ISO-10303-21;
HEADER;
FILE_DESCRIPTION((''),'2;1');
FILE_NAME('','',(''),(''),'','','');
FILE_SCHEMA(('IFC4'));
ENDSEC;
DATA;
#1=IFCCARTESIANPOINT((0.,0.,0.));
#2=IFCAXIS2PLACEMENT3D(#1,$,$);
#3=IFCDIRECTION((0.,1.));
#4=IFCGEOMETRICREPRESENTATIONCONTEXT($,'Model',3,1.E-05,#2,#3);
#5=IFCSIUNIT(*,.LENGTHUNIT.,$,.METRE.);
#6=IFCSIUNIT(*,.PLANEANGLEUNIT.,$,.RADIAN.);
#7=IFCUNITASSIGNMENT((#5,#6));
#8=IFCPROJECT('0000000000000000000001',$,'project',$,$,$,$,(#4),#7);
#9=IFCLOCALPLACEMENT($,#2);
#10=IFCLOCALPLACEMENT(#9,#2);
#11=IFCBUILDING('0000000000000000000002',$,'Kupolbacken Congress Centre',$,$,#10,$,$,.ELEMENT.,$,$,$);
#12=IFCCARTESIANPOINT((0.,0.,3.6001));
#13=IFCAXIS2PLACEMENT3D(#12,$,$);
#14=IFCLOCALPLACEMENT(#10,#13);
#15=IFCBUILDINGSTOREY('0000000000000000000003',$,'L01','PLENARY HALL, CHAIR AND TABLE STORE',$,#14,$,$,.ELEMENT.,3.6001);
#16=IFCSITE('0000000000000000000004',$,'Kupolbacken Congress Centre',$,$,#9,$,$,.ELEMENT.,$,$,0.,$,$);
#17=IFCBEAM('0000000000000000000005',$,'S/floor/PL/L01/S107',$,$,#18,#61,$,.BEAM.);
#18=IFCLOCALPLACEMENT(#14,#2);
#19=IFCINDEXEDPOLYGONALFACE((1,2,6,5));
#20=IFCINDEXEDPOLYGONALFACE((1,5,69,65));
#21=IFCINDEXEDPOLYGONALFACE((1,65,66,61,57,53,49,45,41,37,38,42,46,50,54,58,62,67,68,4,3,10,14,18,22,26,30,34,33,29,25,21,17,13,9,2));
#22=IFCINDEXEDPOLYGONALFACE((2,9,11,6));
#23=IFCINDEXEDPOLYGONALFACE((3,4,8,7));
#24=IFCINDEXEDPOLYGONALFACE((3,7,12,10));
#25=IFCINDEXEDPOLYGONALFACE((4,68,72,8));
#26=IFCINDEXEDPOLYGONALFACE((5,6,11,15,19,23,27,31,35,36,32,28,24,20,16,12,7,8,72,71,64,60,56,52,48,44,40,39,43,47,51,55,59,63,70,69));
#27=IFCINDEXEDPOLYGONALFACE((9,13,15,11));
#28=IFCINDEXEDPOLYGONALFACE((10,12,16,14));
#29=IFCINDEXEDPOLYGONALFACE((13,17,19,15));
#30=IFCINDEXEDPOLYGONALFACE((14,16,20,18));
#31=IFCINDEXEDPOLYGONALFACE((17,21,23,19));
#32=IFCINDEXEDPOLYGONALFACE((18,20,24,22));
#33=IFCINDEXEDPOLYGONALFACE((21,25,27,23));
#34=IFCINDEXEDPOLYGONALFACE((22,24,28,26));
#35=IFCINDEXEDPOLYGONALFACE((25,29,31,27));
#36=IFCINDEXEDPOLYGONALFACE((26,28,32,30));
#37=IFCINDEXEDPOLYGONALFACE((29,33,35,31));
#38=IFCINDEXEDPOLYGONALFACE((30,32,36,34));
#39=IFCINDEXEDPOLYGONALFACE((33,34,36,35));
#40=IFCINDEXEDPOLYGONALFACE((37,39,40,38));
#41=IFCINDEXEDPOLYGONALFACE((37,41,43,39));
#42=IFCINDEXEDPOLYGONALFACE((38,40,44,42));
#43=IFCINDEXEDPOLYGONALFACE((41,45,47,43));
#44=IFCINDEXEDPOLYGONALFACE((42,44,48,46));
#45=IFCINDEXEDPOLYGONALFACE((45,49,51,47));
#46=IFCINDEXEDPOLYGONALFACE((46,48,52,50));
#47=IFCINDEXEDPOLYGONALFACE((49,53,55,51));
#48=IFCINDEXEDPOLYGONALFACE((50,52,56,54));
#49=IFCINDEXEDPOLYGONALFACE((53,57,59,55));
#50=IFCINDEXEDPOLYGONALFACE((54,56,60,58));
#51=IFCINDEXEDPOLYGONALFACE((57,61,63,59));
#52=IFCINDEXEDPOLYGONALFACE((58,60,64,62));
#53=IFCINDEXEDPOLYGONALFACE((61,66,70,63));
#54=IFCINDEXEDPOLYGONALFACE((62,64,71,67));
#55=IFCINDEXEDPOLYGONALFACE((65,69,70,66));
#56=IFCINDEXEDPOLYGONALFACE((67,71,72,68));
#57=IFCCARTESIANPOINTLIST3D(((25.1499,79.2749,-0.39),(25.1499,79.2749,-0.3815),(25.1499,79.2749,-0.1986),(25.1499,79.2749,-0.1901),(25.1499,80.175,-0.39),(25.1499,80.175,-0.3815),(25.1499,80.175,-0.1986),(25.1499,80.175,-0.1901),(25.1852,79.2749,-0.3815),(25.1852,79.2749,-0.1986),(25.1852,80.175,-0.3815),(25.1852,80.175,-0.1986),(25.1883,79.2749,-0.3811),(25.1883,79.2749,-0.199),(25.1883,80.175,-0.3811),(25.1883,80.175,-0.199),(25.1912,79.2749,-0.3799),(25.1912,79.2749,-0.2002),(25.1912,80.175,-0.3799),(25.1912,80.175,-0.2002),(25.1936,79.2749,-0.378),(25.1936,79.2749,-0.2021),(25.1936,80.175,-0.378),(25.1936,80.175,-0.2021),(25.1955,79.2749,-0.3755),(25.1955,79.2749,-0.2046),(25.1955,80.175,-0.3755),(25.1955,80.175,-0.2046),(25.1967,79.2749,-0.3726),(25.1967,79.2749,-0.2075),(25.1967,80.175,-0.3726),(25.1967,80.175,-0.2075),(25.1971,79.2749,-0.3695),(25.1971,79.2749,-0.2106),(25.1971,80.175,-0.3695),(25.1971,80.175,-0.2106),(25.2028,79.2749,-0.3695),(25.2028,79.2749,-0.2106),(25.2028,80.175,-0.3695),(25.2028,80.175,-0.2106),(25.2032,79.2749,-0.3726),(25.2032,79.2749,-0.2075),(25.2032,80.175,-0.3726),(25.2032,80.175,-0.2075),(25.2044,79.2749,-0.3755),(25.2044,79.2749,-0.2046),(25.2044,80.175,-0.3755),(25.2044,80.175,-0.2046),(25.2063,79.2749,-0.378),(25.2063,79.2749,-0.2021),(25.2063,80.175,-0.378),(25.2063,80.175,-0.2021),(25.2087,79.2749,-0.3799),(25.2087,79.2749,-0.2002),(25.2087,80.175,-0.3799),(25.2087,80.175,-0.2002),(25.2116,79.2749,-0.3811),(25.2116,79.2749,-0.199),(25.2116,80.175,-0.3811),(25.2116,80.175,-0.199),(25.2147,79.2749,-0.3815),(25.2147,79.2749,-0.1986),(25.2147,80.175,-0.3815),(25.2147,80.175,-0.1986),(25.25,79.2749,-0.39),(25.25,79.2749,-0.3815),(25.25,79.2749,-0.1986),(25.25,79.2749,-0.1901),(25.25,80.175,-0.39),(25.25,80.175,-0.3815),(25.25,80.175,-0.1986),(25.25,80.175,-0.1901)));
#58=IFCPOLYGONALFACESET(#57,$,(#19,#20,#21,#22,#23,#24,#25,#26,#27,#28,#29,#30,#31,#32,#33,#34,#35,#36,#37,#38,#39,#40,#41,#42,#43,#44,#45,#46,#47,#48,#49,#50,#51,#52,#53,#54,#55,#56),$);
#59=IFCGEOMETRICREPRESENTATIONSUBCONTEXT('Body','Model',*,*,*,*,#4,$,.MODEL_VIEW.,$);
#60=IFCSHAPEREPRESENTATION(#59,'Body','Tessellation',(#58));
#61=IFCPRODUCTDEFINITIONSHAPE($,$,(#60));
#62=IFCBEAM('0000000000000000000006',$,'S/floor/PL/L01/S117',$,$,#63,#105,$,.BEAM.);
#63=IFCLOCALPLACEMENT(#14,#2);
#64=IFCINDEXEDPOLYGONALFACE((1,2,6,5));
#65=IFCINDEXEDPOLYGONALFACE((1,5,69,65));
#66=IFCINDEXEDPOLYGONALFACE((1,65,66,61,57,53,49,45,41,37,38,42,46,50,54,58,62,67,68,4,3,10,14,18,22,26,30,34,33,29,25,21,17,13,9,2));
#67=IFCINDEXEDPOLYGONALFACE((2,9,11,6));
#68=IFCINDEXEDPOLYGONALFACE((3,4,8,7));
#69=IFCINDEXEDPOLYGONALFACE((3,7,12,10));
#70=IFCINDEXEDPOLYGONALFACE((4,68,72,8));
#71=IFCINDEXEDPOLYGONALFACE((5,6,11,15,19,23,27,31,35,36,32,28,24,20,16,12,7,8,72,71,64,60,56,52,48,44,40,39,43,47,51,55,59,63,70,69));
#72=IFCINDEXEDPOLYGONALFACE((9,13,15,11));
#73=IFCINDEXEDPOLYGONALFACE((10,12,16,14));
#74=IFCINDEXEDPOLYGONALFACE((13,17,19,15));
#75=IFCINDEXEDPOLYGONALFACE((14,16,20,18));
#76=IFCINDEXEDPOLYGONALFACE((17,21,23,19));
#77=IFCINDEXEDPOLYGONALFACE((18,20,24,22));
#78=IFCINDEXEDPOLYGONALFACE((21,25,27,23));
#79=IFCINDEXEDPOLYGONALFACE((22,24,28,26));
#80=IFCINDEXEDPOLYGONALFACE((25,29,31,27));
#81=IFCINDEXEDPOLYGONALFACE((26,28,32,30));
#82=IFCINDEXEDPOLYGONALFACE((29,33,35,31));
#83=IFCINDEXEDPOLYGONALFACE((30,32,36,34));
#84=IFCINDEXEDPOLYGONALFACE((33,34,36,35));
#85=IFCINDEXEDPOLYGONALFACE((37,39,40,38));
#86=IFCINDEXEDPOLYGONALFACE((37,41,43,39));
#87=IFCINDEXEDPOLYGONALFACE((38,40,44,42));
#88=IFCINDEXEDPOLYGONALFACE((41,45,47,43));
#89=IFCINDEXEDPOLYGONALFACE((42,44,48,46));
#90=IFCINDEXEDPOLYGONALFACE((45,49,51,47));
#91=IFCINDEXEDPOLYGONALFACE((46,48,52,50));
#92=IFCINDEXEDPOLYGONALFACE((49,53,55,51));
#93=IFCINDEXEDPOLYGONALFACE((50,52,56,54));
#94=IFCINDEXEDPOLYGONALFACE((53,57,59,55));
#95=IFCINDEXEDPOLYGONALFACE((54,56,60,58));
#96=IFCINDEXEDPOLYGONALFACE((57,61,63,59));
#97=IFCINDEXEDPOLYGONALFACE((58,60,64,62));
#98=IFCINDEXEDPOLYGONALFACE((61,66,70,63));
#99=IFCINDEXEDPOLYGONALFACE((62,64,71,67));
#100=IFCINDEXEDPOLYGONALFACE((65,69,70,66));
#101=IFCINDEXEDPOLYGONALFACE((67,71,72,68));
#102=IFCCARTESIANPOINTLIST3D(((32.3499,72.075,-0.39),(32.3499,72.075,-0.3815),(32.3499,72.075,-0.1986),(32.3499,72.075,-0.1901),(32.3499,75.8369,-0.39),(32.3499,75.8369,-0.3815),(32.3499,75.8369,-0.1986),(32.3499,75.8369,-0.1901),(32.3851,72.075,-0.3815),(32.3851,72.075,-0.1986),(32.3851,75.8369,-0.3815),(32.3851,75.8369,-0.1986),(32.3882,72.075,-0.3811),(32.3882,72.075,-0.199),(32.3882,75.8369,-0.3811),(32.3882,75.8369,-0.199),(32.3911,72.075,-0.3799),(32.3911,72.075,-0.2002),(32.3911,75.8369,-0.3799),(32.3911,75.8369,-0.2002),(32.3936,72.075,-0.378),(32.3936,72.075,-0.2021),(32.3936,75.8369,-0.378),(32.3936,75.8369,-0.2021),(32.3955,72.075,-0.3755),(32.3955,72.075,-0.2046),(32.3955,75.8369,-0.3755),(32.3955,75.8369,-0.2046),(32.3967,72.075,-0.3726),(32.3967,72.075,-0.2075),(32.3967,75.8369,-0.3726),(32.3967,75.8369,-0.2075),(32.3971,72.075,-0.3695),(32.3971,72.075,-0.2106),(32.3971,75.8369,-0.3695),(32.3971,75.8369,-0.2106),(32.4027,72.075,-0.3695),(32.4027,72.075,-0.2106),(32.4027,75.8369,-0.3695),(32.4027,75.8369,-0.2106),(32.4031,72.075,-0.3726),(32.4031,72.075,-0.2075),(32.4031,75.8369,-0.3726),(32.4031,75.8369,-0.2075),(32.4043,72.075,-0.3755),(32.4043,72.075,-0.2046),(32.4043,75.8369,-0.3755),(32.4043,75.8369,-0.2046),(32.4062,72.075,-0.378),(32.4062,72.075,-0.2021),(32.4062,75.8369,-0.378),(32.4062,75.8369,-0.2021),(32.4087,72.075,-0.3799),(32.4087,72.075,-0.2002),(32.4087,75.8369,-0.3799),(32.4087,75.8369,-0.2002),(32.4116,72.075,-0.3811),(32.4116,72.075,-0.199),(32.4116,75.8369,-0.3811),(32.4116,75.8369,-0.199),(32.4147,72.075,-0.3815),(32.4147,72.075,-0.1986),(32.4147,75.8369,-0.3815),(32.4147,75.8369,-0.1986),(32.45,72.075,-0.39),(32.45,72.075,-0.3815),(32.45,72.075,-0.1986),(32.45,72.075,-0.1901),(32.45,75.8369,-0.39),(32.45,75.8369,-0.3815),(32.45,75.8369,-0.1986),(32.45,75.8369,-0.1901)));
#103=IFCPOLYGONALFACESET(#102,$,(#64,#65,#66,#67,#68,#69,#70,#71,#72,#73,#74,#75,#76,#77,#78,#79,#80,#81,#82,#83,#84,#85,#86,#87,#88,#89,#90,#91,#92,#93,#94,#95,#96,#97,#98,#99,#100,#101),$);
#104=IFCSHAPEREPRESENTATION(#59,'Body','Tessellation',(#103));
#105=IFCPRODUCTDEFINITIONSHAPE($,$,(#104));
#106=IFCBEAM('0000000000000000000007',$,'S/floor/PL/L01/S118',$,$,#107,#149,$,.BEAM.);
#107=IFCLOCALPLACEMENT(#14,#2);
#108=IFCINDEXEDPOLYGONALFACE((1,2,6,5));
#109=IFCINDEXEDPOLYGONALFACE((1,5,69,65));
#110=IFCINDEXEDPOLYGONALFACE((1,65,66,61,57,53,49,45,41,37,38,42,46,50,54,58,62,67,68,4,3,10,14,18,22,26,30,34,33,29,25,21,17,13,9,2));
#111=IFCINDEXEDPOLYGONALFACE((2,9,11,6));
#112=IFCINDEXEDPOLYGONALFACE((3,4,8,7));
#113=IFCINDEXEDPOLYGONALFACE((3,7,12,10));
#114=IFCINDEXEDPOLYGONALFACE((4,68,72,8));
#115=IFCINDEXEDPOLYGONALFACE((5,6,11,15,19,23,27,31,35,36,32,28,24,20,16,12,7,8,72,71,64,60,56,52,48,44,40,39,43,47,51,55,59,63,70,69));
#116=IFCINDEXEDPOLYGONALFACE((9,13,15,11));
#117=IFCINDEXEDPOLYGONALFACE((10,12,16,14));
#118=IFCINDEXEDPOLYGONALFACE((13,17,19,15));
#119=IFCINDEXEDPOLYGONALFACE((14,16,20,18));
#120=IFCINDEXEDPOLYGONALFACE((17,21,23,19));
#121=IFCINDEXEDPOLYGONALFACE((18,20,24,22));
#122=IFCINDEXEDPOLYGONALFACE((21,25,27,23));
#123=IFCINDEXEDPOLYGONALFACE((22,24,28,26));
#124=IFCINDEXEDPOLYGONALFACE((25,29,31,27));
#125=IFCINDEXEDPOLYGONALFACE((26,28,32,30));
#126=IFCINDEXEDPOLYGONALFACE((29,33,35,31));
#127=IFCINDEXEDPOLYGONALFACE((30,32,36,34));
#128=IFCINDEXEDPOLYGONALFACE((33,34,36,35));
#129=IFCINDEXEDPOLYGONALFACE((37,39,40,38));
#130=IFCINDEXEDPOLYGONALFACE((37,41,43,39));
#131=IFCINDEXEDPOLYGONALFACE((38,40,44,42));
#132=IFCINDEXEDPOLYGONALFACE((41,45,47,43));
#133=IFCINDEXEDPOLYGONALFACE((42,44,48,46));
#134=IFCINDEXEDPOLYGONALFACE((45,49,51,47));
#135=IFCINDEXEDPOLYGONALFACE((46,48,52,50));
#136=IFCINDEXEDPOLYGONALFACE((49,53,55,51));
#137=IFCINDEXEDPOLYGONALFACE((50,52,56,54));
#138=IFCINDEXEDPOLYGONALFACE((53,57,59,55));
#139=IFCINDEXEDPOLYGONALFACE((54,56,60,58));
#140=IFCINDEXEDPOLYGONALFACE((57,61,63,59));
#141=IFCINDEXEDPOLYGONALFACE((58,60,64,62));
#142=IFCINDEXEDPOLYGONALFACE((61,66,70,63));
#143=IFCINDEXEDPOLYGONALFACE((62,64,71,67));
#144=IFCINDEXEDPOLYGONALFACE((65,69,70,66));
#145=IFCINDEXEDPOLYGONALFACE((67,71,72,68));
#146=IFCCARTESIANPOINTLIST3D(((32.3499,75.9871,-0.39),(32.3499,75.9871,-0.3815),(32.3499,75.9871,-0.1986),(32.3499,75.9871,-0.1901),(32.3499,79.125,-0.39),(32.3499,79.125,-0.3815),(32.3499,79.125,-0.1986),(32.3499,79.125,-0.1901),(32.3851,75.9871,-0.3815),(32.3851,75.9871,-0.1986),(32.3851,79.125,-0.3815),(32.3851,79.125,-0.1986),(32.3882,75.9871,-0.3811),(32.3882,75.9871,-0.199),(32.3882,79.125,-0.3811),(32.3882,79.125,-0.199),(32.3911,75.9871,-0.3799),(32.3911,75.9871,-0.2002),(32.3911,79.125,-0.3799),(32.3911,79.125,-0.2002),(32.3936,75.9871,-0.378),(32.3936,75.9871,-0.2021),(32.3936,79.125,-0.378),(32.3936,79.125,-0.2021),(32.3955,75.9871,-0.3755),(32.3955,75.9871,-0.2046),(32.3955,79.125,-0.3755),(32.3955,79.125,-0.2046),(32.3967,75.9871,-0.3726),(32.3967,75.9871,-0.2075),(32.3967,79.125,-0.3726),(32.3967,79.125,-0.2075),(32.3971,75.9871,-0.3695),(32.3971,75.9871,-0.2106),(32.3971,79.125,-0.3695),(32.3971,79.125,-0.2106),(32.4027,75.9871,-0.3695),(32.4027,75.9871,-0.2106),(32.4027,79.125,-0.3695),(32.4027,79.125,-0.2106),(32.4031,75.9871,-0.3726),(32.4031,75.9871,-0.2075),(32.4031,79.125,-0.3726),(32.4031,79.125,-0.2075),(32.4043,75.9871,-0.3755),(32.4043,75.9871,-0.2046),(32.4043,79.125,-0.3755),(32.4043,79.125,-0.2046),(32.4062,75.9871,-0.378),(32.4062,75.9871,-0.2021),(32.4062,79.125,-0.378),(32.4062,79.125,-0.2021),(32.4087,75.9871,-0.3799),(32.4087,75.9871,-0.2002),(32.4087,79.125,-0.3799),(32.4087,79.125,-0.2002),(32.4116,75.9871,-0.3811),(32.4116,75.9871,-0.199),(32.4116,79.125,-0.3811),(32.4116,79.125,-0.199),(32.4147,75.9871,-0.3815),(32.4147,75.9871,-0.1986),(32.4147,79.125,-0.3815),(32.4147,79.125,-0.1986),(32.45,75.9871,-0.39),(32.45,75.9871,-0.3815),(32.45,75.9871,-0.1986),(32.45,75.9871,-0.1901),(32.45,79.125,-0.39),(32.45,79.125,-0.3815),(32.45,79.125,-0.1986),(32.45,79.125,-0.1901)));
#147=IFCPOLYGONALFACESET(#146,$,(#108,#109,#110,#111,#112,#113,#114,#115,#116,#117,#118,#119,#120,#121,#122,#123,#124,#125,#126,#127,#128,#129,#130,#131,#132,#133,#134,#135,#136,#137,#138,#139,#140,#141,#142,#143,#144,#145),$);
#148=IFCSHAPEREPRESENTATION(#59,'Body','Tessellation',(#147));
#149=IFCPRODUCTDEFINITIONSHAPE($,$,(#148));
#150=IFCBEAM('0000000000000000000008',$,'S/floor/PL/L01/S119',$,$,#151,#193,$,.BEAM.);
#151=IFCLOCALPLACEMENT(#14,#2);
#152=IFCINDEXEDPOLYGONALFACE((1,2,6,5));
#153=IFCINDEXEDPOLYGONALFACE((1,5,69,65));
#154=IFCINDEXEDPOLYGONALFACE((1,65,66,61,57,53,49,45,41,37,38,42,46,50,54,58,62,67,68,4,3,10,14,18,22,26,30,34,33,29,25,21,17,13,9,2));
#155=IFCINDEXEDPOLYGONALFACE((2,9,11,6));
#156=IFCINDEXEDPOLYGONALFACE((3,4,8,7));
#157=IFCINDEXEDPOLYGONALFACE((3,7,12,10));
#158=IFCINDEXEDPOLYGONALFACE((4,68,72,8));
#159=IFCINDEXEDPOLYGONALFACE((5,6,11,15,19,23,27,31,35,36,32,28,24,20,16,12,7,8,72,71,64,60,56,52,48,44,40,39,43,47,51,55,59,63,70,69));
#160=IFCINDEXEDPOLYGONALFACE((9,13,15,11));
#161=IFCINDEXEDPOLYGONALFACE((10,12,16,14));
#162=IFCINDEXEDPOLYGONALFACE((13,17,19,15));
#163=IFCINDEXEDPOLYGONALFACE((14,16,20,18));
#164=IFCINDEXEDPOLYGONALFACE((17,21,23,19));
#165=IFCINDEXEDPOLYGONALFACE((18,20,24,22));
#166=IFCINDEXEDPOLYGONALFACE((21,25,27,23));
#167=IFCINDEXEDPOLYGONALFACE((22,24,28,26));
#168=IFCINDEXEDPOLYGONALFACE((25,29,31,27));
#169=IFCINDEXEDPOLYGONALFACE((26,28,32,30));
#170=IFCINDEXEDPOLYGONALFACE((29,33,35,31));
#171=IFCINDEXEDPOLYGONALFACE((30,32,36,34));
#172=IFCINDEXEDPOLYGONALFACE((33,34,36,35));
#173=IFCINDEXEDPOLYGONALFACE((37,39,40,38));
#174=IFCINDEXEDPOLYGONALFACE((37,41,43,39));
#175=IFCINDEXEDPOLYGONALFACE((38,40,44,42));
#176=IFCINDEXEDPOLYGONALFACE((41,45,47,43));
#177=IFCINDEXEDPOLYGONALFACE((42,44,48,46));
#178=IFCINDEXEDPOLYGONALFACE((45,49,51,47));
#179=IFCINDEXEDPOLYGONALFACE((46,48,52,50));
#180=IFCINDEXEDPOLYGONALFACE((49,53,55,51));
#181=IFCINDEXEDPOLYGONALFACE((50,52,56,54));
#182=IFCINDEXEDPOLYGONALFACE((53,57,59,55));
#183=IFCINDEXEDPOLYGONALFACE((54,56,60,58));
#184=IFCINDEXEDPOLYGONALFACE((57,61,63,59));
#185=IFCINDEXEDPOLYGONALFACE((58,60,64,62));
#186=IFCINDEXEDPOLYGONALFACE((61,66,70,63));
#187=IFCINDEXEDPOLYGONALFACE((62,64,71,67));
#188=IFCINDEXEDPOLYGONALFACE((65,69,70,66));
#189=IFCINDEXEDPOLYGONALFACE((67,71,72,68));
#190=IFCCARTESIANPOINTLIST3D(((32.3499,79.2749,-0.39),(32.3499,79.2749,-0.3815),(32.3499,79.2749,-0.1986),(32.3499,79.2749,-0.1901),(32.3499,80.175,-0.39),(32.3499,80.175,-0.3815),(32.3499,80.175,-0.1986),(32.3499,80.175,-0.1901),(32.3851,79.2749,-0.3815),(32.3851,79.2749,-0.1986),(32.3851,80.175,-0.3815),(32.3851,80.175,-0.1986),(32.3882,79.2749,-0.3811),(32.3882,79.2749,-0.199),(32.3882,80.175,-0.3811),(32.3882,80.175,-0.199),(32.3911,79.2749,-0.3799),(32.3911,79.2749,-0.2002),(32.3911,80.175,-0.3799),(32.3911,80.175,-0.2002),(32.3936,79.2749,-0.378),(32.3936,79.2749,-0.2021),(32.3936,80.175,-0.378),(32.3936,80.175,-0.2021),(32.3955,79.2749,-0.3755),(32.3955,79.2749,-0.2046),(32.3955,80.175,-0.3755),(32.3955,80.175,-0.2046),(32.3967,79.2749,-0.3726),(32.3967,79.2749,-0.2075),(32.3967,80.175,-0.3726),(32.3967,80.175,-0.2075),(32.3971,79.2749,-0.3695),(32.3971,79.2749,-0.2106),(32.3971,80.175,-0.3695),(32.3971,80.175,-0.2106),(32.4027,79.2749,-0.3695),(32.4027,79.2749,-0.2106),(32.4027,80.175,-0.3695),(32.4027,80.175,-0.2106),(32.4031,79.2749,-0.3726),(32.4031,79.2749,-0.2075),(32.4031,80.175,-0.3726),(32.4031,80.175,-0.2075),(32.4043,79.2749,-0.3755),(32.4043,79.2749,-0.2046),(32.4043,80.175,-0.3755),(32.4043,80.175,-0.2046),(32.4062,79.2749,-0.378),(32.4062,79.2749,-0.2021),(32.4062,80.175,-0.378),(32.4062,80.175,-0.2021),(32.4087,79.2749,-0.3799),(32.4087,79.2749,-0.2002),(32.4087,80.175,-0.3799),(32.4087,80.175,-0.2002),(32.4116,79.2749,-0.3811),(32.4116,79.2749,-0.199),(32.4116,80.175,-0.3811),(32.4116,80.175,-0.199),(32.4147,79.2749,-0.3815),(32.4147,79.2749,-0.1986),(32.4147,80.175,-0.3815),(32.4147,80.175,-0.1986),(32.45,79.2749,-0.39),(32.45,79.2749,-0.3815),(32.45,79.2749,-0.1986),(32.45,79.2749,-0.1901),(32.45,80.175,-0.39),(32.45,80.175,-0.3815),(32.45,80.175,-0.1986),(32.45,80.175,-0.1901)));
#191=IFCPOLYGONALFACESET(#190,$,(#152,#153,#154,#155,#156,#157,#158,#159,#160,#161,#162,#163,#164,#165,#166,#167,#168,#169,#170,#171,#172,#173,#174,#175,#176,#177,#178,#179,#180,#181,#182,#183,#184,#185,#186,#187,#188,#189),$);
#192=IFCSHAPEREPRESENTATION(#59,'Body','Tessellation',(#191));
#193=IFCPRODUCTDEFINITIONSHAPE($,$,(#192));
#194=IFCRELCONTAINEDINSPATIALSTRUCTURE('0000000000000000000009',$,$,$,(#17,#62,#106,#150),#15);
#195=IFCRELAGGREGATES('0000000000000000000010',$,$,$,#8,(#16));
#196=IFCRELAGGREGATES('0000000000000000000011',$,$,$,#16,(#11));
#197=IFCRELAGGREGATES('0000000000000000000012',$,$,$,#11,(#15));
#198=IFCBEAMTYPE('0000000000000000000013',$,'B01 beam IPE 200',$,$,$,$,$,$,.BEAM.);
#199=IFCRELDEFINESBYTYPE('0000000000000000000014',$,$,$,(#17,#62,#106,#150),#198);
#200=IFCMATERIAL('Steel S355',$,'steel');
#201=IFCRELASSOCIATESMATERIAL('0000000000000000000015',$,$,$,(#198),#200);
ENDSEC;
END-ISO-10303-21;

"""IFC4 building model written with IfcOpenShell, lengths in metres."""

from ifc_helpers import new_model, si_unit, direction, frame, origin, origin_2d, place, context, subcontext, project, spatial, i_section, extrude, material, material_profile, profile_set, type_object, element, save


model = new_model("IFC4")

# Units and contexts
model_context = context("Model", 3, precision=1e-05, world=origin(), true_north=direction((0.0, 1.0)))
body_context = subcontext(model_context, "Body", "Model", "MODEL_VIEW")
ifc_project = project(units=[si_unit("LENGTHUNIT", "METRE"), si_unit("PLANEANGLEUNIT", "RADIAN")], contexts=[model_context])

# Site, building, storey
site_placement = place(None, origin())
site = spatial("IfcSite", under=ifc_project, at=site_placement, Name="Kupolbacken Congress Centre", CompositionType="ELEMENT", RefElevation=0.0)
building_placement = place(site_placement, origin())
building = spatial("IfcBuilding", under=site, at=building_placement, Name="Kupolbacken Congress Centre", CompositionType="ELEMENT")
storey_placement = place(building_placement, frame((0.0, 0.0, 3.6001)))
storey = spatial("IfcBuildingStorey", under=building, at=storey_placement, Name="L01", Description="PLENARY HALL, CHAIR AND TABLE STORE", CompositionType="ELEMENT", Elevation=3.6001)

# Beams
ifc_material_1 = material(Name="Steel S355", Category="steel")
ifc_material_profile_1 = material_profile(ifc_material_1, i_section(OverallWidth=0.1001, OverallDepth=0.2, WebThickness=0.0056, FlangeThickness=0.0085, FilletRadius=0.012, at=origin_2d()), Name="IPE 200")
ifc_profile_set_1 = profile_set([ifc_material_profile_1], Name="Steel S355")
beam_type_1 = type_object("IfcBeamType", Name="B01 beam IPE 200", PredefinedType="BEAM", material=ifc_profile_set_1)
beam_1_placement = place(storey_placement, frame((25.2, 79.2749, -0.29), z_axis=(0.0, 1.0, 0.0), x_axis=(-1.0, 0.0, 0.0)))
element("IfcBeam", 1, at=beam_1_placement, inside=storey, type_object=beam_type_1, Name="S/floor/PL/L01/S107", PredefinedType="BEAM", context=body_context, shape_type="SweptSolid", body=[
    extrude(i_section(OverallWidth=0.1001, OverallDepth=0.2, WebThickness=0.0056, FlangeThickness=0.0085, FilletRadius=0.012, at=origin_2d()), origin(), (0.0, 0.0, 1.0), 0.9001),
])
beam_2_placement = place(storey_placement, frame((32.3999, 72.075, -0.29), z_axis=(0.0, 1.0, 0.0), x_axis=(-1.0, 0.0, 0.0)))
element("IfcBeam", 2, at=beam_2_placement, inside=storey, type_object=beam_type_1, Name="S/floor/PL/L01/S117", PredefinedType="BEAM", context=body_context, shape_type="SweptSolid", body=[
    extrude(i_section(OverallWidth=0.1001, OverallDepth=0.2, WebThickness=0.0056, FlangeThickness=0.0085, FilletRadius=0.012, at=origin_2d()), origin(), (0.0, 0.0, 1.0), 3.762),
])
beam_3_placement = place(storey_placement, frame((32.3999, 75.9871, -0.29), z_axis=(0.0, 1.0, 0.0), x_axis=(-1.0, 0.0, 0.0)))
element("IfcBeam", 3, at=beam_3_placement, inside=storey, type_object=beam_type_1, Name="S/floor/PL/L01/S118", PredefinedType="BEAM", context=body_context, shape_type="SweptSolid", body=[
    extrude(i_section(OverallWidth=0.1001, OverallDepth=0.2, WebThickness=0.0056, FlangeThickness=0.0085, FilletRadius=0.012, at=origin_2d()), origin(), (0.0, 0.0, 1.0), 3.1379),
])
beam_4_placement = place(storey_placement, frame((32.3999, 79.2749, -0.29), z_axis=(0.0, 1.0, 0.0), x_axis=(-1.0, 0.0, 0.0)))
element("IfcBeam", 4, at=beam_4_placement, inside=storey, type_object=beam_type_1, Name="S/floor/PL/L01/S119", PredefinedType="BEAM", context=body_context, shape_type="SweptSolid", body=[
    extrude(i_section(OverallWidth=0.1001, OverallDepth=0.2, WebThickness=0.0056, FlangeThickness=0.0085, FilletRadius=0.012, at=origin_2d()), origin(), (0.0, 0.0, 1.0), 0.9001),
])

save(model, "model.ifc")
